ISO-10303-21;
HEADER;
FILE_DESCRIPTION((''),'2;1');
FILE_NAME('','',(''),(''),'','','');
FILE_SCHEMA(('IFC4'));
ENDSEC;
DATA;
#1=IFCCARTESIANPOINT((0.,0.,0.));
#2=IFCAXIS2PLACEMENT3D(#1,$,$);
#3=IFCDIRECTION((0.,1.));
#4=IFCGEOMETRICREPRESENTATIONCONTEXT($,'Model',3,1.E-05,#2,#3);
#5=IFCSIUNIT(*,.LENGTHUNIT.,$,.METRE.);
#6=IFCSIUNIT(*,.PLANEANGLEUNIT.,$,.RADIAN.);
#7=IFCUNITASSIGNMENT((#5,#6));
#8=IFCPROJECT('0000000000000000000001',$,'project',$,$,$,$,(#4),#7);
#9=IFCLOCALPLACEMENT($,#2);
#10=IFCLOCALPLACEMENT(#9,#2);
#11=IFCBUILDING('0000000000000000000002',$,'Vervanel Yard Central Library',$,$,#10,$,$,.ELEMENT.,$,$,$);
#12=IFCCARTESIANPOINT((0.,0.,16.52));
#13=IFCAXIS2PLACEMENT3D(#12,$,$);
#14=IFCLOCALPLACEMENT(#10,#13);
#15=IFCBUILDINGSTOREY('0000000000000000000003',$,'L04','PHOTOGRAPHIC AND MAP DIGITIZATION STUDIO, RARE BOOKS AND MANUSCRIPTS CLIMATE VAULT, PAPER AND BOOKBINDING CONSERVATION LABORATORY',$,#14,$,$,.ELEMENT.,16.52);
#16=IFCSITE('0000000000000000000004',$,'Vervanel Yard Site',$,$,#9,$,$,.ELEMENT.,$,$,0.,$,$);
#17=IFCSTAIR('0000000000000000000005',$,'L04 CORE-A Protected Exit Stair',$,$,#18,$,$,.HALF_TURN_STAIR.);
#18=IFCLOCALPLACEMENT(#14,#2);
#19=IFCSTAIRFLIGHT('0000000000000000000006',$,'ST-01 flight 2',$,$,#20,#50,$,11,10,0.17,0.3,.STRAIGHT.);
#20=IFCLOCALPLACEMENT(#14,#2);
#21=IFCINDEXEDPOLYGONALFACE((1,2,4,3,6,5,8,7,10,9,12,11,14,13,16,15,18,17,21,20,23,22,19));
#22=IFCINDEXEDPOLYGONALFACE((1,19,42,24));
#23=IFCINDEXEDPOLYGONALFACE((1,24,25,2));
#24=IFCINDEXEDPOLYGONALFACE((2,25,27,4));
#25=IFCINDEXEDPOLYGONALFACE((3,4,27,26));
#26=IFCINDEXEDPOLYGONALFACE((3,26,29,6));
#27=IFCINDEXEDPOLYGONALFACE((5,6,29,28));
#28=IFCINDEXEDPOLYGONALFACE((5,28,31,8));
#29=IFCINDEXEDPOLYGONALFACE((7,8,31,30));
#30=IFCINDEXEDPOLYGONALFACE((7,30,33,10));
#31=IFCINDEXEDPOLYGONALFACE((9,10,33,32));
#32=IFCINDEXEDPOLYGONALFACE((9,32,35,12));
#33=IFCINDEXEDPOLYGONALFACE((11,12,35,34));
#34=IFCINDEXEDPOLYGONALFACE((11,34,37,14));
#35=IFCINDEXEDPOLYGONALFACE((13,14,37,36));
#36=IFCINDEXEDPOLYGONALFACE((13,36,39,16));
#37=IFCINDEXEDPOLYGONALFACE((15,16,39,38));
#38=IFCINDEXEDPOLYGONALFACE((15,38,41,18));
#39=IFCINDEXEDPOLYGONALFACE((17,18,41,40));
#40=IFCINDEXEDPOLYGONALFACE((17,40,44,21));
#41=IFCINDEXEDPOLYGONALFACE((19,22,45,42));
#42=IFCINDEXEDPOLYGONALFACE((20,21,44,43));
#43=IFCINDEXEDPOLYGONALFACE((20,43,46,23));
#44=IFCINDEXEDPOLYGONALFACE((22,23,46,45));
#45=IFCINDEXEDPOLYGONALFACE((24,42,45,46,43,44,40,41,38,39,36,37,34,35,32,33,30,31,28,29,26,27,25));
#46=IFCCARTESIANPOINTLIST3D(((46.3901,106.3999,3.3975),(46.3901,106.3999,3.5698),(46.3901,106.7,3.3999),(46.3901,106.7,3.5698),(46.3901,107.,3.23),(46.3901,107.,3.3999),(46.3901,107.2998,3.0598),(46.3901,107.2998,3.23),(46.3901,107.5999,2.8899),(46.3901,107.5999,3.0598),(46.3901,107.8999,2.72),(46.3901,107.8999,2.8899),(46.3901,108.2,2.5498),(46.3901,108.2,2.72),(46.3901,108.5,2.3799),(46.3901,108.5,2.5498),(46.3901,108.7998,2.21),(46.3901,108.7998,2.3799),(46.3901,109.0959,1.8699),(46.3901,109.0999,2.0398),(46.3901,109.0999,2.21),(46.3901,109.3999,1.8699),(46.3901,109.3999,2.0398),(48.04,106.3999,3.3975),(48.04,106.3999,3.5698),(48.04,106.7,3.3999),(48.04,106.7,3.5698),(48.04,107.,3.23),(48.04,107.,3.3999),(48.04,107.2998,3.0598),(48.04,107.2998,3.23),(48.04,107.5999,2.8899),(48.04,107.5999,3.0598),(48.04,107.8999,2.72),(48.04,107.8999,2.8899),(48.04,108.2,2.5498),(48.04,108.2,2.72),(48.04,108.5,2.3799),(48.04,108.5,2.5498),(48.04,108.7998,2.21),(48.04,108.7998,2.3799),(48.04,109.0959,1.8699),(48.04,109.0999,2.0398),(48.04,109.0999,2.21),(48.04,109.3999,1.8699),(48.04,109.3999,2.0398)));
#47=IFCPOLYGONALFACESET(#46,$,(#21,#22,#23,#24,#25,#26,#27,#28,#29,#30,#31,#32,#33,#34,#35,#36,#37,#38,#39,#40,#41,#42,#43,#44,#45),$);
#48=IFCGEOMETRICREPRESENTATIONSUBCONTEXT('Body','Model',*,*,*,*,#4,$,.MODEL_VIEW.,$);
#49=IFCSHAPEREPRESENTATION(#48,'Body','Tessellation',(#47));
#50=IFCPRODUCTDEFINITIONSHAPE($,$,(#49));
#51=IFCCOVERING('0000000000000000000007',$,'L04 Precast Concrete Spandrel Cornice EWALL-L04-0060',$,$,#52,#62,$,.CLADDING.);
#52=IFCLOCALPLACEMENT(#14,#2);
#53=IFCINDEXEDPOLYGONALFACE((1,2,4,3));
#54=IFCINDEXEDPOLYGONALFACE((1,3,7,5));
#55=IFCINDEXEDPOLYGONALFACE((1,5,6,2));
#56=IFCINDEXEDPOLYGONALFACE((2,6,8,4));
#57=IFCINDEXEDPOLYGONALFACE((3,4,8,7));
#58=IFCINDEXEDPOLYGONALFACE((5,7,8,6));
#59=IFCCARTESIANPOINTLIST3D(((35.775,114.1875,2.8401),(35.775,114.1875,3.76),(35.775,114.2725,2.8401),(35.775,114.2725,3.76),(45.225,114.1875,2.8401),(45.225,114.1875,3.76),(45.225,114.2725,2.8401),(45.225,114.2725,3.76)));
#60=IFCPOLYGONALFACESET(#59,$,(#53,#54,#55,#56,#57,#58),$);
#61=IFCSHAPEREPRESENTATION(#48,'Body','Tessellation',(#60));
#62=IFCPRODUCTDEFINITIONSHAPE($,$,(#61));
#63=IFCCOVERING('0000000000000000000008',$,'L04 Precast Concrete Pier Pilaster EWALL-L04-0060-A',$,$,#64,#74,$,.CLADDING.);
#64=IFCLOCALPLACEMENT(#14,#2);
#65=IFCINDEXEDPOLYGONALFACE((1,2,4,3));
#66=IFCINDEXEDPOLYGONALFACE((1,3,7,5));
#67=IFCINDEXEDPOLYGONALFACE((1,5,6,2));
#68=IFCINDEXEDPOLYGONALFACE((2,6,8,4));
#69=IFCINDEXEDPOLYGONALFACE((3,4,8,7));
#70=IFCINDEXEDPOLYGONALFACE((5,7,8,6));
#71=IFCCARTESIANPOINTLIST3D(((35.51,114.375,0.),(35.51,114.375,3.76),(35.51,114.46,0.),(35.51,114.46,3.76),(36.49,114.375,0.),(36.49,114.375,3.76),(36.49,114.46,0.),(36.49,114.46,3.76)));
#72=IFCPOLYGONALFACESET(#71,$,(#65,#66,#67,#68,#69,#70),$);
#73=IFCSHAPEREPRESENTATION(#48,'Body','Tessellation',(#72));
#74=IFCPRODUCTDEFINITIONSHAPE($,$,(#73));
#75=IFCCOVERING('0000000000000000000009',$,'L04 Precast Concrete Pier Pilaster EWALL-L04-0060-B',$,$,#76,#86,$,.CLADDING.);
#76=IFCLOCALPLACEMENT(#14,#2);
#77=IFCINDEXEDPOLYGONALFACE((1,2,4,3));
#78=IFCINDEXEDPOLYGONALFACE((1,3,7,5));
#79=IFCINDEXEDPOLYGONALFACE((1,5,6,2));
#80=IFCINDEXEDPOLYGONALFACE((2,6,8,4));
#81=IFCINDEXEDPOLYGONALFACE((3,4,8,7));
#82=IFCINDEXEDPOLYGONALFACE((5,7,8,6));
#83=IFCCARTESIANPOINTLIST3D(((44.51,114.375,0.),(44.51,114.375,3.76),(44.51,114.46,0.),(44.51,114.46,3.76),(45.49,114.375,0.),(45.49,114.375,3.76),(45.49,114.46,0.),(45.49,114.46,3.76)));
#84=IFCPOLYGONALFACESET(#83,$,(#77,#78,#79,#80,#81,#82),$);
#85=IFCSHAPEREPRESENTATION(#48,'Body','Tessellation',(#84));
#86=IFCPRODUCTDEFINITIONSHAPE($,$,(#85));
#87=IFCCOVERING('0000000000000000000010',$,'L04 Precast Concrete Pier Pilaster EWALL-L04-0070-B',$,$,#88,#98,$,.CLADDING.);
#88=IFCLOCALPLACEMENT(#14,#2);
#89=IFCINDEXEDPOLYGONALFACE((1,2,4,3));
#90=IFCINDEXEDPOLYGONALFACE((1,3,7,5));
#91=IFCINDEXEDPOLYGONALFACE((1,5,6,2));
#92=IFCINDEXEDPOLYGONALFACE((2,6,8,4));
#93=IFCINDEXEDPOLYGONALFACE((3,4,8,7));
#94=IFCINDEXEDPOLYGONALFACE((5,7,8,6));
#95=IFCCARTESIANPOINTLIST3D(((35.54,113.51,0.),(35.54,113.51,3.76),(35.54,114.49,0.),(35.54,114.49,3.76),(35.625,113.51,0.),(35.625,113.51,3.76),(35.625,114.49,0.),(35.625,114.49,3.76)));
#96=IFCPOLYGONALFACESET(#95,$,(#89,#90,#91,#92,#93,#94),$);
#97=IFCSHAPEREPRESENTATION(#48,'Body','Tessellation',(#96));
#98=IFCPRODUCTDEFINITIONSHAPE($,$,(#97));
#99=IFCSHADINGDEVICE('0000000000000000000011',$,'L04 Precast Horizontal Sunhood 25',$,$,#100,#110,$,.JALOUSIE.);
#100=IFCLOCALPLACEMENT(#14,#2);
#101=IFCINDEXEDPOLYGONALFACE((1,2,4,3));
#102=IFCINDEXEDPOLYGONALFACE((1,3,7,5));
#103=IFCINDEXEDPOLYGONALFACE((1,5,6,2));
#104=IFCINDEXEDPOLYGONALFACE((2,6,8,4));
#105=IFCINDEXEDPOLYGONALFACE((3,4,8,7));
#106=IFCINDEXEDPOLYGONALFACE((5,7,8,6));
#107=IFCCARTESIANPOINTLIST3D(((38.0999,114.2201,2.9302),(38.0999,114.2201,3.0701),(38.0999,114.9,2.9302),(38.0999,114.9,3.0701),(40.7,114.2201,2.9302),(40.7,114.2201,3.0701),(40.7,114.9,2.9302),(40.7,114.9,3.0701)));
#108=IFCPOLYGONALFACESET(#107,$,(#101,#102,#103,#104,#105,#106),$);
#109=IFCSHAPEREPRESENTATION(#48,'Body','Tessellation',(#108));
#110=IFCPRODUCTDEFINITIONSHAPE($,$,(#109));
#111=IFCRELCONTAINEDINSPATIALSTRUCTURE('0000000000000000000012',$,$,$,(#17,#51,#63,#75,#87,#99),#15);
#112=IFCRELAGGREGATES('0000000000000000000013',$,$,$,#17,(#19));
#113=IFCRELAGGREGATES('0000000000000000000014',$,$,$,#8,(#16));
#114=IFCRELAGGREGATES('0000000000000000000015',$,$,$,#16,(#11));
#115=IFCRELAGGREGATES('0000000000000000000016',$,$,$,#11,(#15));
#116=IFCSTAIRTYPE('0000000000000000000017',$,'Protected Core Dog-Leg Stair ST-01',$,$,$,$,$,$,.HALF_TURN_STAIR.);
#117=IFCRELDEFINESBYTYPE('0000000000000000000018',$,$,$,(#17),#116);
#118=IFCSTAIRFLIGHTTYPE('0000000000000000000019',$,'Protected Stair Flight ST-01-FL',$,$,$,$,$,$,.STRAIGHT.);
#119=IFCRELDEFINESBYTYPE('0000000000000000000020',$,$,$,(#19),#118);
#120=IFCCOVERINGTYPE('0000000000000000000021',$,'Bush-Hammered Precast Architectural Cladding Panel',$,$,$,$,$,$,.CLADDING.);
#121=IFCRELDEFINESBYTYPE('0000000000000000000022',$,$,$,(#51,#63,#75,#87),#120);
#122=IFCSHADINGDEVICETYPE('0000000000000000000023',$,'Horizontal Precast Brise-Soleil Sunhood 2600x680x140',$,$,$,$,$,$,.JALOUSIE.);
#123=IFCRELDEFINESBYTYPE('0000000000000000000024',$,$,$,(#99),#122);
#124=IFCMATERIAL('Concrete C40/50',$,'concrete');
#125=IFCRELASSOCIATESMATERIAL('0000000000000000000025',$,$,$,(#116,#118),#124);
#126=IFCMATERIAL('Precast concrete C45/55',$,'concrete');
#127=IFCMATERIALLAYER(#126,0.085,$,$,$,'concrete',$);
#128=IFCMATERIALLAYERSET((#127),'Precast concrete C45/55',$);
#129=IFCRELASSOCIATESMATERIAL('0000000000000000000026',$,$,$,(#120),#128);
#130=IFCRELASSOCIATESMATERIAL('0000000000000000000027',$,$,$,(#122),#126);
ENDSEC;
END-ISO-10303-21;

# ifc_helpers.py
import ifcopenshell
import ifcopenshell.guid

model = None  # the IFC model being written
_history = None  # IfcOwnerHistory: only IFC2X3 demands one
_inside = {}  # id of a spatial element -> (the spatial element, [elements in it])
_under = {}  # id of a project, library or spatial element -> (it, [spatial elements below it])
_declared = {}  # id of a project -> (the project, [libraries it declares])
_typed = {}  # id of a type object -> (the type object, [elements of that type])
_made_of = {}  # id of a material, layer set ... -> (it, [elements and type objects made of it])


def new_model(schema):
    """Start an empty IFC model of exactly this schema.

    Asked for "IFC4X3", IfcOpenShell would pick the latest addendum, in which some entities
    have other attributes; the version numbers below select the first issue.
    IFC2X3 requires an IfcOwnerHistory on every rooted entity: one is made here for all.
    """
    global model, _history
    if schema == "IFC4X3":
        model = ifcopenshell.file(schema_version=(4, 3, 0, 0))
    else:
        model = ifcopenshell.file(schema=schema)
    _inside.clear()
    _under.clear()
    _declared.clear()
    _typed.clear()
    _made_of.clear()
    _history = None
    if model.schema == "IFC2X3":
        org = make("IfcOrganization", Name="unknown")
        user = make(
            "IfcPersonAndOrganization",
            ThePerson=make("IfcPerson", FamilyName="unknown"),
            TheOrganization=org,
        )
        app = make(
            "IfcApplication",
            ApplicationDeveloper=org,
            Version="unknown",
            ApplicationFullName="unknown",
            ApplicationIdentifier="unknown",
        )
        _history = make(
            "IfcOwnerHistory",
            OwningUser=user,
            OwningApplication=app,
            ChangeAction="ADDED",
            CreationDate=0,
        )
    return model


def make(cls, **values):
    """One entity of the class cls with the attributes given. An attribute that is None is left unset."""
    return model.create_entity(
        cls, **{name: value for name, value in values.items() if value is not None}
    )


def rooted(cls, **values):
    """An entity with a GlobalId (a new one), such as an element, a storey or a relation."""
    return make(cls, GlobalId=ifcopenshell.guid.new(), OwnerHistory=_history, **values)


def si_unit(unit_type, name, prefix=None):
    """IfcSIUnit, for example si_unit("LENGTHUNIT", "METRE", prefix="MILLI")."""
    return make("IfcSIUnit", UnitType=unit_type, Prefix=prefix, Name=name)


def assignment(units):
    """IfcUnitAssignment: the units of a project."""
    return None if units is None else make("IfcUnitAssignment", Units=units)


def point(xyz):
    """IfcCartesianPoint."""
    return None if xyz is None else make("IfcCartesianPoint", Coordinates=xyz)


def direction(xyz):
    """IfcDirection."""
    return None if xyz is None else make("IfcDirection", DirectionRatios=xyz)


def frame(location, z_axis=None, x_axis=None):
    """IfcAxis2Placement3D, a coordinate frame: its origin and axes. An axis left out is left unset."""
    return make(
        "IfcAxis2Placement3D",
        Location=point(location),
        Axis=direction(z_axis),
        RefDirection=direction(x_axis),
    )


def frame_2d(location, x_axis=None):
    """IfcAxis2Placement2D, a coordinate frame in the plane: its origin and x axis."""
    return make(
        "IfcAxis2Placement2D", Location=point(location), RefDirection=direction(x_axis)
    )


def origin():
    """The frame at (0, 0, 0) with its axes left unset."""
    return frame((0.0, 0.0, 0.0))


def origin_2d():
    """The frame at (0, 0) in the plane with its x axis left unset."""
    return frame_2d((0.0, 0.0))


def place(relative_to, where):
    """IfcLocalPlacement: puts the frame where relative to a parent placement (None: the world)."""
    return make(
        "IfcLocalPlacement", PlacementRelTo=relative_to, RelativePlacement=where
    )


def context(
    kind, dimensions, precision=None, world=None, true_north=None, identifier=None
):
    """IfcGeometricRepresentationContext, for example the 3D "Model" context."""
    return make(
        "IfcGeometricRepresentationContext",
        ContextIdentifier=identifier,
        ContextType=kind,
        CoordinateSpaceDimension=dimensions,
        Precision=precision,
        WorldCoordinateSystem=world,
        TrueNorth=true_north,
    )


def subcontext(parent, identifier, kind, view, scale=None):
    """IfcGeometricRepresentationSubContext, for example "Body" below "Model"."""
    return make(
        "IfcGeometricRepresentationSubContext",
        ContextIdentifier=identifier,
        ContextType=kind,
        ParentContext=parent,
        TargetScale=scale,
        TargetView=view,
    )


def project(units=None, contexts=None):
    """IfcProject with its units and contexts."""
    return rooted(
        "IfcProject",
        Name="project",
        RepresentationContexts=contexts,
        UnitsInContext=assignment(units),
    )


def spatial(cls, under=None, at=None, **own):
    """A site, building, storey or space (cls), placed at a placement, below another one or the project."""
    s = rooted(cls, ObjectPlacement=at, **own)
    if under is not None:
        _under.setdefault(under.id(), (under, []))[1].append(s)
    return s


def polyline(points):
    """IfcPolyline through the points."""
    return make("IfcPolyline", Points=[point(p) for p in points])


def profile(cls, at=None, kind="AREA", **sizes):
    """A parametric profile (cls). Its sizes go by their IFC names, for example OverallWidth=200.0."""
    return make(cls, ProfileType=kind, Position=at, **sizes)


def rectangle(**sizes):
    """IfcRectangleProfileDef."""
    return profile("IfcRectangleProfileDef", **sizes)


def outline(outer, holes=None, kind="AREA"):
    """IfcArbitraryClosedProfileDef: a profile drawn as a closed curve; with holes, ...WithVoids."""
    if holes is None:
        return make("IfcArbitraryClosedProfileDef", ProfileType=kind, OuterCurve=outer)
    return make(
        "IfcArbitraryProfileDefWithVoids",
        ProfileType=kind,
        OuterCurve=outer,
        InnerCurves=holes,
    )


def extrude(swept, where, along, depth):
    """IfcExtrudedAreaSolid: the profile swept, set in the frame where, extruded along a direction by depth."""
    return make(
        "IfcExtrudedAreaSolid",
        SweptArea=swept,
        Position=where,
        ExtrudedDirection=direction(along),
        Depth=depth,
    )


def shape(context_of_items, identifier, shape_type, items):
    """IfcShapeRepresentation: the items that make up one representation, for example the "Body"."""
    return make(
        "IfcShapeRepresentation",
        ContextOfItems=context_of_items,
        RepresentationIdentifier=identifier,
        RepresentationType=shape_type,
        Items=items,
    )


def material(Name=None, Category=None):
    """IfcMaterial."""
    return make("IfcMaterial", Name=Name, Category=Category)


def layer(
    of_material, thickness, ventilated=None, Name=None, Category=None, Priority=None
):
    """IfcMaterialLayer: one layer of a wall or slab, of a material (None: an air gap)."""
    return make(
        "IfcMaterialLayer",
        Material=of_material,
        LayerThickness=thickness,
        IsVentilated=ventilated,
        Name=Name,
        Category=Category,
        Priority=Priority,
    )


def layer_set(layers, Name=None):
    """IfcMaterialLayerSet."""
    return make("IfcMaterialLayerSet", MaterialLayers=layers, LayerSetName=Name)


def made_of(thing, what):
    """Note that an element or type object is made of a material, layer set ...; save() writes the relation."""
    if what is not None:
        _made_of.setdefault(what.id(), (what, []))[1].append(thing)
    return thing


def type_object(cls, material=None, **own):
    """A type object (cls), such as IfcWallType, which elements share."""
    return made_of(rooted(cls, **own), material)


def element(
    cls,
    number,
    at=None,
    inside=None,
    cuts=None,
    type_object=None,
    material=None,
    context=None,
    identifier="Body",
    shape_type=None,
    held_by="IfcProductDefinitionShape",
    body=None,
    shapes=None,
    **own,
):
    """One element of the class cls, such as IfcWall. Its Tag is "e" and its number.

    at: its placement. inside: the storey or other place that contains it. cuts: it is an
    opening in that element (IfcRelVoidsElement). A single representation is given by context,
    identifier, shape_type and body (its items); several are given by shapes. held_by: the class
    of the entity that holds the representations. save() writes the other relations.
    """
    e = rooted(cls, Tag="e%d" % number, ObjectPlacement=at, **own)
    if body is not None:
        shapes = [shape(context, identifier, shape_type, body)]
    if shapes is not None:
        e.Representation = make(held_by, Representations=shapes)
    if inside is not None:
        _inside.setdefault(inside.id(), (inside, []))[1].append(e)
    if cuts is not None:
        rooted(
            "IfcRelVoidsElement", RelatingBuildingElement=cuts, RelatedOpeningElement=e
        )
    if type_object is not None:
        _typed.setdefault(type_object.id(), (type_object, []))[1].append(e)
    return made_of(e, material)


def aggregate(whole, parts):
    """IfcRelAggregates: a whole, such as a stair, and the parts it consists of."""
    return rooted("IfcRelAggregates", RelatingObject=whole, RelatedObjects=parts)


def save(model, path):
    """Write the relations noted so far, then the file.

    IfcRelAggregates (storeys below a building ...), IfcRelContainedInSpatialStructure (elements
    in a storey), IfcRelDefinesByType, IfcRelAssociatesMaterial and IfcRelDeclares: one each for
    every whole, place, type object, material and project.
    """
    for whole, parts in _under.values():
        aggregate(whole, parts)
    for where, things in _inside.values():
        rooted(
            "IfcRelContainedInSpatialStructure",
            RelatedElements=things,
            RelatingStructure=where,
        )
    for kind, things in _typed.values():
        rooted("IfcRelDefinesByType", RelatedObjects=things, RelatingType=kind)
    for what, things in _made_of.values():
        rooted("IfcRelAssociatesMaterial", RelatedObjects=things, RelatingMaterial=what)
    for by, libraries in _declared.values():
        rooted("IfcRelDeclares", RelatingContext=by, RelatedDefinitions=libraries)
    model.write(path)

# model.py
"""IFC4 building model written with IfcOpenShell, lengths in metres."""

from ifc_helpers import new_model, si_unit, direction, frame, origin, origin_2d, place, context, subcontext, project, spatial, polyline, rectangle, outline, extrude, material, layer, layer_set, type_object, element, aggregate, save


model = new_model("IFC4")

# Units and contexts
model_context = context("Model", 3, precision=1e-05, world=origin(), true_north=direction((0.0, 1.0)))
body_context = subcontext(model_context, "Body", "Model", "MODEL_VIEW")
ifc_project = project(units=[si_unit("LENGTHUNIT", "METRE"), si_unit("PLANEANGLEUNIT", "RADIAN")], contexts=[model_context])

# Site, building, storey
site_placement = place(None, origin())
site = spatial("IfcSite", under=ifc_project, at=site_placement, Name="Vervanel Yard Site", CompositionType="ELEMENT", RefElevation=0.0)
building_placement = place(site_placement, origin())
building = spatial("IfcBuilding", under=site, at=building_placement, Name="Vervanel Yard Central Library", CompositionType="ELEMENT")
storey_placement = place(building_placement, frame((0.0, 0.0, 16.52)))
storey = spatial("IfcBuildingStorey", under=building, at=storey_placement, Name="L04", Description="PHOTOGRAPHIC AND MAP DIGITIZATION STUDIO, RARE BOOKS AND MANUSCRIPTS CLIMATE VAULT, PAPER AND BOOKBINDING CONSERVATION LABORATORY", CompositionType="ELEMENT", Elevation=16.52)

# Shared definitions
ifc_material_1 = material(Name="Concrete C40/50", Category="concrete")

# Stair, stair flight
stair_type = type_object("IfcStairType", Name="Protected Core Dog-Leg Stair ST-01", PredefinedType="HALF_TURN_STAIR", material=ifc_material_1)
stair_placement = place(storey_placement, origin())
stair = element("IfcStair", 1, at=stair_placement, inside=storey, type_object=stair_type, Name="L04 CORE-A Protected Exit Stair", PredefinedType="HALF_TURN_STAIR")
stair_flight_type = type_object("IfcStairFlightType", Name="Protected Stair Flight ST-01-FL", PredefinedType="STRAIGHT", material=ifc_material_1)
stair_flight_placement = place(storey_placement, frame((47.2151, 109.3999, 1.8699), z_axis=(0.0, 0.0, 1.0), x_axis=(0.0, -1.0, 0.0)))
stair_flight = element("IfcStairFlight", 2, at=stair_flight_placement, type_object=stair_flight_type, Name="ST-01 flight 2", NumberOfRisers=11, NumberOfTreads=10, PredefinedType="STRAIGHT", RiserHeight=0.17, TreadLength=0.3, context=body_context, shape_type="SweptSolid", body=[
    extrude(outline(polyline([(0.0, 0.0), (0.0, 0.1699), (0.3, 0.1699), (0.3, 0.3401), (0.6001, 0.3401), (0.6001, 0.51), (0.8999, 0.51), (0.8999, 0.6799), (1.2, 0.6799), (1.2, 0.8501), (1.5, 0.8501), (1.5, 1.02), (1.8, 1.02), (1.8, 1.1899), (2.1001, 1.1899), (2.1001, 1.3601), (2.3999, 1.3601), (2.3999, 1.53), (2.7, 1.53), (2.7, 1.7), (3.0, 1.7), (3.0, 1.8701), (3.0, 1.5276), (0.304, 0.0), (0.0, 0.0)])), frame((0.0, 0.825, 0.0), z_axis=(0.0, -1.0, 0.0), x_axis=(1.0, 0.0, 0.0)), (0.0, 0.0, 1.0), 1.6499),
])
aggregate(stair, [stair_flight])

# Coverings
ifc_material_2 = material(Name="Precast concrete C45/55", Category="concrete")
ifc_layer_1 = layer(ifc_material_2, 0.085, Category="concrete")
ifc_layer_set_1 = layer_set([ifc_layer_1], Name="Precast concrete C45/55")
covering_type = type_object("IfcCoveringType", Name="Bush-Hammered Precast Architectural Cladding Panel", PredefinedType="CLADDING", material=ifc_layer_set_1)
covering_placement = place(storey_placement, frame((40.5, 114.23, 2.8401), z_axis=(0.0, 0.0, 1.0), x_axis=(1.0, 0.0, 0.0)))
element("IfcCovering", 3, at=covering_placement, inside=storey, type_object=covering_type, Name="L04 Precast Concrete Spandrel Cornice EWALL-L04-0060", PredefinedType="CLADDING", context=body_context, shape_type="SweptSolid", body=[
    extrude(rectangle(XDim=9.45, YDim=0.085, at=origin_2d()), origin(), (0.0, 0.0, 1.0), 0.9199),
])
for number, where, z_axis, x_axis, name in (
    (4, (36.0, 114.4175, 0.0), (0.0, 0.0, 1.0), (1.0, 0.0, 0.0), "L04 Precast Concrete Pier Pilaster EWALL-L04-0060-A"),
    (5, (45.0, 114.4175, 0.0), (0.0, 0.0, 1.0), (1.0, 0.0, 0.0), "L04 Precast Concrete Pier Pilaster EWALL-L04-0060-B"),
    (6, (35.5825, 114.0, 0.0), (0.0, 0.0, 1.0), (0.0, 1.0, 0.0), "L04 Precast Concrete Pier Pilaster EWALL-L04-0070-B"),
):
    element("IfcCovering", number, at=place(storey_placement, frame(where, z_axis=z_axis, x_axis=x_axis)), inside=storey, type_object=covering_type, Name=name, PredefinedType="CLADDING", context=body_context, shape_type="SweptSolid", body=[
        extrude(rectangle(XDim=0.98, YDim=0.085, at=origin_2d()), origin(), (0.0, 0.0, 1.0), 3.76),
    ])

# Shading device
shading_device_type_1 = type_object("IfcShadingDeviceType", Name="Horizontal Precast Brise-Soleil Sunhood 2600x680x140", PredefinedType="JALOUSIE", material=ifc_material_2)
shading_device_placement = place(storey_placement, frame((39.3999, 114.5601, 2.9302), z_axis=(0.0, 0.0, 1.0), x_axis=(1.0, 0.0, 0.0)))
element("IfcShadingDevice", 7, at=shading_device_placement, inside=storey, type_object=shading_device_type_1, Name="L04 Precast Horizontal Sunhood 25", PredefinedType="JALOUSIE", context=body_context, shape_type="SweptSolid", body=[
    extrude(rectangle(XDim=2.6001, YDim=0.6799, at=origin_2d()), origin(), (0.0, 0.0, 1.0), 0.1399),
])

save(model, "model.ifc")
